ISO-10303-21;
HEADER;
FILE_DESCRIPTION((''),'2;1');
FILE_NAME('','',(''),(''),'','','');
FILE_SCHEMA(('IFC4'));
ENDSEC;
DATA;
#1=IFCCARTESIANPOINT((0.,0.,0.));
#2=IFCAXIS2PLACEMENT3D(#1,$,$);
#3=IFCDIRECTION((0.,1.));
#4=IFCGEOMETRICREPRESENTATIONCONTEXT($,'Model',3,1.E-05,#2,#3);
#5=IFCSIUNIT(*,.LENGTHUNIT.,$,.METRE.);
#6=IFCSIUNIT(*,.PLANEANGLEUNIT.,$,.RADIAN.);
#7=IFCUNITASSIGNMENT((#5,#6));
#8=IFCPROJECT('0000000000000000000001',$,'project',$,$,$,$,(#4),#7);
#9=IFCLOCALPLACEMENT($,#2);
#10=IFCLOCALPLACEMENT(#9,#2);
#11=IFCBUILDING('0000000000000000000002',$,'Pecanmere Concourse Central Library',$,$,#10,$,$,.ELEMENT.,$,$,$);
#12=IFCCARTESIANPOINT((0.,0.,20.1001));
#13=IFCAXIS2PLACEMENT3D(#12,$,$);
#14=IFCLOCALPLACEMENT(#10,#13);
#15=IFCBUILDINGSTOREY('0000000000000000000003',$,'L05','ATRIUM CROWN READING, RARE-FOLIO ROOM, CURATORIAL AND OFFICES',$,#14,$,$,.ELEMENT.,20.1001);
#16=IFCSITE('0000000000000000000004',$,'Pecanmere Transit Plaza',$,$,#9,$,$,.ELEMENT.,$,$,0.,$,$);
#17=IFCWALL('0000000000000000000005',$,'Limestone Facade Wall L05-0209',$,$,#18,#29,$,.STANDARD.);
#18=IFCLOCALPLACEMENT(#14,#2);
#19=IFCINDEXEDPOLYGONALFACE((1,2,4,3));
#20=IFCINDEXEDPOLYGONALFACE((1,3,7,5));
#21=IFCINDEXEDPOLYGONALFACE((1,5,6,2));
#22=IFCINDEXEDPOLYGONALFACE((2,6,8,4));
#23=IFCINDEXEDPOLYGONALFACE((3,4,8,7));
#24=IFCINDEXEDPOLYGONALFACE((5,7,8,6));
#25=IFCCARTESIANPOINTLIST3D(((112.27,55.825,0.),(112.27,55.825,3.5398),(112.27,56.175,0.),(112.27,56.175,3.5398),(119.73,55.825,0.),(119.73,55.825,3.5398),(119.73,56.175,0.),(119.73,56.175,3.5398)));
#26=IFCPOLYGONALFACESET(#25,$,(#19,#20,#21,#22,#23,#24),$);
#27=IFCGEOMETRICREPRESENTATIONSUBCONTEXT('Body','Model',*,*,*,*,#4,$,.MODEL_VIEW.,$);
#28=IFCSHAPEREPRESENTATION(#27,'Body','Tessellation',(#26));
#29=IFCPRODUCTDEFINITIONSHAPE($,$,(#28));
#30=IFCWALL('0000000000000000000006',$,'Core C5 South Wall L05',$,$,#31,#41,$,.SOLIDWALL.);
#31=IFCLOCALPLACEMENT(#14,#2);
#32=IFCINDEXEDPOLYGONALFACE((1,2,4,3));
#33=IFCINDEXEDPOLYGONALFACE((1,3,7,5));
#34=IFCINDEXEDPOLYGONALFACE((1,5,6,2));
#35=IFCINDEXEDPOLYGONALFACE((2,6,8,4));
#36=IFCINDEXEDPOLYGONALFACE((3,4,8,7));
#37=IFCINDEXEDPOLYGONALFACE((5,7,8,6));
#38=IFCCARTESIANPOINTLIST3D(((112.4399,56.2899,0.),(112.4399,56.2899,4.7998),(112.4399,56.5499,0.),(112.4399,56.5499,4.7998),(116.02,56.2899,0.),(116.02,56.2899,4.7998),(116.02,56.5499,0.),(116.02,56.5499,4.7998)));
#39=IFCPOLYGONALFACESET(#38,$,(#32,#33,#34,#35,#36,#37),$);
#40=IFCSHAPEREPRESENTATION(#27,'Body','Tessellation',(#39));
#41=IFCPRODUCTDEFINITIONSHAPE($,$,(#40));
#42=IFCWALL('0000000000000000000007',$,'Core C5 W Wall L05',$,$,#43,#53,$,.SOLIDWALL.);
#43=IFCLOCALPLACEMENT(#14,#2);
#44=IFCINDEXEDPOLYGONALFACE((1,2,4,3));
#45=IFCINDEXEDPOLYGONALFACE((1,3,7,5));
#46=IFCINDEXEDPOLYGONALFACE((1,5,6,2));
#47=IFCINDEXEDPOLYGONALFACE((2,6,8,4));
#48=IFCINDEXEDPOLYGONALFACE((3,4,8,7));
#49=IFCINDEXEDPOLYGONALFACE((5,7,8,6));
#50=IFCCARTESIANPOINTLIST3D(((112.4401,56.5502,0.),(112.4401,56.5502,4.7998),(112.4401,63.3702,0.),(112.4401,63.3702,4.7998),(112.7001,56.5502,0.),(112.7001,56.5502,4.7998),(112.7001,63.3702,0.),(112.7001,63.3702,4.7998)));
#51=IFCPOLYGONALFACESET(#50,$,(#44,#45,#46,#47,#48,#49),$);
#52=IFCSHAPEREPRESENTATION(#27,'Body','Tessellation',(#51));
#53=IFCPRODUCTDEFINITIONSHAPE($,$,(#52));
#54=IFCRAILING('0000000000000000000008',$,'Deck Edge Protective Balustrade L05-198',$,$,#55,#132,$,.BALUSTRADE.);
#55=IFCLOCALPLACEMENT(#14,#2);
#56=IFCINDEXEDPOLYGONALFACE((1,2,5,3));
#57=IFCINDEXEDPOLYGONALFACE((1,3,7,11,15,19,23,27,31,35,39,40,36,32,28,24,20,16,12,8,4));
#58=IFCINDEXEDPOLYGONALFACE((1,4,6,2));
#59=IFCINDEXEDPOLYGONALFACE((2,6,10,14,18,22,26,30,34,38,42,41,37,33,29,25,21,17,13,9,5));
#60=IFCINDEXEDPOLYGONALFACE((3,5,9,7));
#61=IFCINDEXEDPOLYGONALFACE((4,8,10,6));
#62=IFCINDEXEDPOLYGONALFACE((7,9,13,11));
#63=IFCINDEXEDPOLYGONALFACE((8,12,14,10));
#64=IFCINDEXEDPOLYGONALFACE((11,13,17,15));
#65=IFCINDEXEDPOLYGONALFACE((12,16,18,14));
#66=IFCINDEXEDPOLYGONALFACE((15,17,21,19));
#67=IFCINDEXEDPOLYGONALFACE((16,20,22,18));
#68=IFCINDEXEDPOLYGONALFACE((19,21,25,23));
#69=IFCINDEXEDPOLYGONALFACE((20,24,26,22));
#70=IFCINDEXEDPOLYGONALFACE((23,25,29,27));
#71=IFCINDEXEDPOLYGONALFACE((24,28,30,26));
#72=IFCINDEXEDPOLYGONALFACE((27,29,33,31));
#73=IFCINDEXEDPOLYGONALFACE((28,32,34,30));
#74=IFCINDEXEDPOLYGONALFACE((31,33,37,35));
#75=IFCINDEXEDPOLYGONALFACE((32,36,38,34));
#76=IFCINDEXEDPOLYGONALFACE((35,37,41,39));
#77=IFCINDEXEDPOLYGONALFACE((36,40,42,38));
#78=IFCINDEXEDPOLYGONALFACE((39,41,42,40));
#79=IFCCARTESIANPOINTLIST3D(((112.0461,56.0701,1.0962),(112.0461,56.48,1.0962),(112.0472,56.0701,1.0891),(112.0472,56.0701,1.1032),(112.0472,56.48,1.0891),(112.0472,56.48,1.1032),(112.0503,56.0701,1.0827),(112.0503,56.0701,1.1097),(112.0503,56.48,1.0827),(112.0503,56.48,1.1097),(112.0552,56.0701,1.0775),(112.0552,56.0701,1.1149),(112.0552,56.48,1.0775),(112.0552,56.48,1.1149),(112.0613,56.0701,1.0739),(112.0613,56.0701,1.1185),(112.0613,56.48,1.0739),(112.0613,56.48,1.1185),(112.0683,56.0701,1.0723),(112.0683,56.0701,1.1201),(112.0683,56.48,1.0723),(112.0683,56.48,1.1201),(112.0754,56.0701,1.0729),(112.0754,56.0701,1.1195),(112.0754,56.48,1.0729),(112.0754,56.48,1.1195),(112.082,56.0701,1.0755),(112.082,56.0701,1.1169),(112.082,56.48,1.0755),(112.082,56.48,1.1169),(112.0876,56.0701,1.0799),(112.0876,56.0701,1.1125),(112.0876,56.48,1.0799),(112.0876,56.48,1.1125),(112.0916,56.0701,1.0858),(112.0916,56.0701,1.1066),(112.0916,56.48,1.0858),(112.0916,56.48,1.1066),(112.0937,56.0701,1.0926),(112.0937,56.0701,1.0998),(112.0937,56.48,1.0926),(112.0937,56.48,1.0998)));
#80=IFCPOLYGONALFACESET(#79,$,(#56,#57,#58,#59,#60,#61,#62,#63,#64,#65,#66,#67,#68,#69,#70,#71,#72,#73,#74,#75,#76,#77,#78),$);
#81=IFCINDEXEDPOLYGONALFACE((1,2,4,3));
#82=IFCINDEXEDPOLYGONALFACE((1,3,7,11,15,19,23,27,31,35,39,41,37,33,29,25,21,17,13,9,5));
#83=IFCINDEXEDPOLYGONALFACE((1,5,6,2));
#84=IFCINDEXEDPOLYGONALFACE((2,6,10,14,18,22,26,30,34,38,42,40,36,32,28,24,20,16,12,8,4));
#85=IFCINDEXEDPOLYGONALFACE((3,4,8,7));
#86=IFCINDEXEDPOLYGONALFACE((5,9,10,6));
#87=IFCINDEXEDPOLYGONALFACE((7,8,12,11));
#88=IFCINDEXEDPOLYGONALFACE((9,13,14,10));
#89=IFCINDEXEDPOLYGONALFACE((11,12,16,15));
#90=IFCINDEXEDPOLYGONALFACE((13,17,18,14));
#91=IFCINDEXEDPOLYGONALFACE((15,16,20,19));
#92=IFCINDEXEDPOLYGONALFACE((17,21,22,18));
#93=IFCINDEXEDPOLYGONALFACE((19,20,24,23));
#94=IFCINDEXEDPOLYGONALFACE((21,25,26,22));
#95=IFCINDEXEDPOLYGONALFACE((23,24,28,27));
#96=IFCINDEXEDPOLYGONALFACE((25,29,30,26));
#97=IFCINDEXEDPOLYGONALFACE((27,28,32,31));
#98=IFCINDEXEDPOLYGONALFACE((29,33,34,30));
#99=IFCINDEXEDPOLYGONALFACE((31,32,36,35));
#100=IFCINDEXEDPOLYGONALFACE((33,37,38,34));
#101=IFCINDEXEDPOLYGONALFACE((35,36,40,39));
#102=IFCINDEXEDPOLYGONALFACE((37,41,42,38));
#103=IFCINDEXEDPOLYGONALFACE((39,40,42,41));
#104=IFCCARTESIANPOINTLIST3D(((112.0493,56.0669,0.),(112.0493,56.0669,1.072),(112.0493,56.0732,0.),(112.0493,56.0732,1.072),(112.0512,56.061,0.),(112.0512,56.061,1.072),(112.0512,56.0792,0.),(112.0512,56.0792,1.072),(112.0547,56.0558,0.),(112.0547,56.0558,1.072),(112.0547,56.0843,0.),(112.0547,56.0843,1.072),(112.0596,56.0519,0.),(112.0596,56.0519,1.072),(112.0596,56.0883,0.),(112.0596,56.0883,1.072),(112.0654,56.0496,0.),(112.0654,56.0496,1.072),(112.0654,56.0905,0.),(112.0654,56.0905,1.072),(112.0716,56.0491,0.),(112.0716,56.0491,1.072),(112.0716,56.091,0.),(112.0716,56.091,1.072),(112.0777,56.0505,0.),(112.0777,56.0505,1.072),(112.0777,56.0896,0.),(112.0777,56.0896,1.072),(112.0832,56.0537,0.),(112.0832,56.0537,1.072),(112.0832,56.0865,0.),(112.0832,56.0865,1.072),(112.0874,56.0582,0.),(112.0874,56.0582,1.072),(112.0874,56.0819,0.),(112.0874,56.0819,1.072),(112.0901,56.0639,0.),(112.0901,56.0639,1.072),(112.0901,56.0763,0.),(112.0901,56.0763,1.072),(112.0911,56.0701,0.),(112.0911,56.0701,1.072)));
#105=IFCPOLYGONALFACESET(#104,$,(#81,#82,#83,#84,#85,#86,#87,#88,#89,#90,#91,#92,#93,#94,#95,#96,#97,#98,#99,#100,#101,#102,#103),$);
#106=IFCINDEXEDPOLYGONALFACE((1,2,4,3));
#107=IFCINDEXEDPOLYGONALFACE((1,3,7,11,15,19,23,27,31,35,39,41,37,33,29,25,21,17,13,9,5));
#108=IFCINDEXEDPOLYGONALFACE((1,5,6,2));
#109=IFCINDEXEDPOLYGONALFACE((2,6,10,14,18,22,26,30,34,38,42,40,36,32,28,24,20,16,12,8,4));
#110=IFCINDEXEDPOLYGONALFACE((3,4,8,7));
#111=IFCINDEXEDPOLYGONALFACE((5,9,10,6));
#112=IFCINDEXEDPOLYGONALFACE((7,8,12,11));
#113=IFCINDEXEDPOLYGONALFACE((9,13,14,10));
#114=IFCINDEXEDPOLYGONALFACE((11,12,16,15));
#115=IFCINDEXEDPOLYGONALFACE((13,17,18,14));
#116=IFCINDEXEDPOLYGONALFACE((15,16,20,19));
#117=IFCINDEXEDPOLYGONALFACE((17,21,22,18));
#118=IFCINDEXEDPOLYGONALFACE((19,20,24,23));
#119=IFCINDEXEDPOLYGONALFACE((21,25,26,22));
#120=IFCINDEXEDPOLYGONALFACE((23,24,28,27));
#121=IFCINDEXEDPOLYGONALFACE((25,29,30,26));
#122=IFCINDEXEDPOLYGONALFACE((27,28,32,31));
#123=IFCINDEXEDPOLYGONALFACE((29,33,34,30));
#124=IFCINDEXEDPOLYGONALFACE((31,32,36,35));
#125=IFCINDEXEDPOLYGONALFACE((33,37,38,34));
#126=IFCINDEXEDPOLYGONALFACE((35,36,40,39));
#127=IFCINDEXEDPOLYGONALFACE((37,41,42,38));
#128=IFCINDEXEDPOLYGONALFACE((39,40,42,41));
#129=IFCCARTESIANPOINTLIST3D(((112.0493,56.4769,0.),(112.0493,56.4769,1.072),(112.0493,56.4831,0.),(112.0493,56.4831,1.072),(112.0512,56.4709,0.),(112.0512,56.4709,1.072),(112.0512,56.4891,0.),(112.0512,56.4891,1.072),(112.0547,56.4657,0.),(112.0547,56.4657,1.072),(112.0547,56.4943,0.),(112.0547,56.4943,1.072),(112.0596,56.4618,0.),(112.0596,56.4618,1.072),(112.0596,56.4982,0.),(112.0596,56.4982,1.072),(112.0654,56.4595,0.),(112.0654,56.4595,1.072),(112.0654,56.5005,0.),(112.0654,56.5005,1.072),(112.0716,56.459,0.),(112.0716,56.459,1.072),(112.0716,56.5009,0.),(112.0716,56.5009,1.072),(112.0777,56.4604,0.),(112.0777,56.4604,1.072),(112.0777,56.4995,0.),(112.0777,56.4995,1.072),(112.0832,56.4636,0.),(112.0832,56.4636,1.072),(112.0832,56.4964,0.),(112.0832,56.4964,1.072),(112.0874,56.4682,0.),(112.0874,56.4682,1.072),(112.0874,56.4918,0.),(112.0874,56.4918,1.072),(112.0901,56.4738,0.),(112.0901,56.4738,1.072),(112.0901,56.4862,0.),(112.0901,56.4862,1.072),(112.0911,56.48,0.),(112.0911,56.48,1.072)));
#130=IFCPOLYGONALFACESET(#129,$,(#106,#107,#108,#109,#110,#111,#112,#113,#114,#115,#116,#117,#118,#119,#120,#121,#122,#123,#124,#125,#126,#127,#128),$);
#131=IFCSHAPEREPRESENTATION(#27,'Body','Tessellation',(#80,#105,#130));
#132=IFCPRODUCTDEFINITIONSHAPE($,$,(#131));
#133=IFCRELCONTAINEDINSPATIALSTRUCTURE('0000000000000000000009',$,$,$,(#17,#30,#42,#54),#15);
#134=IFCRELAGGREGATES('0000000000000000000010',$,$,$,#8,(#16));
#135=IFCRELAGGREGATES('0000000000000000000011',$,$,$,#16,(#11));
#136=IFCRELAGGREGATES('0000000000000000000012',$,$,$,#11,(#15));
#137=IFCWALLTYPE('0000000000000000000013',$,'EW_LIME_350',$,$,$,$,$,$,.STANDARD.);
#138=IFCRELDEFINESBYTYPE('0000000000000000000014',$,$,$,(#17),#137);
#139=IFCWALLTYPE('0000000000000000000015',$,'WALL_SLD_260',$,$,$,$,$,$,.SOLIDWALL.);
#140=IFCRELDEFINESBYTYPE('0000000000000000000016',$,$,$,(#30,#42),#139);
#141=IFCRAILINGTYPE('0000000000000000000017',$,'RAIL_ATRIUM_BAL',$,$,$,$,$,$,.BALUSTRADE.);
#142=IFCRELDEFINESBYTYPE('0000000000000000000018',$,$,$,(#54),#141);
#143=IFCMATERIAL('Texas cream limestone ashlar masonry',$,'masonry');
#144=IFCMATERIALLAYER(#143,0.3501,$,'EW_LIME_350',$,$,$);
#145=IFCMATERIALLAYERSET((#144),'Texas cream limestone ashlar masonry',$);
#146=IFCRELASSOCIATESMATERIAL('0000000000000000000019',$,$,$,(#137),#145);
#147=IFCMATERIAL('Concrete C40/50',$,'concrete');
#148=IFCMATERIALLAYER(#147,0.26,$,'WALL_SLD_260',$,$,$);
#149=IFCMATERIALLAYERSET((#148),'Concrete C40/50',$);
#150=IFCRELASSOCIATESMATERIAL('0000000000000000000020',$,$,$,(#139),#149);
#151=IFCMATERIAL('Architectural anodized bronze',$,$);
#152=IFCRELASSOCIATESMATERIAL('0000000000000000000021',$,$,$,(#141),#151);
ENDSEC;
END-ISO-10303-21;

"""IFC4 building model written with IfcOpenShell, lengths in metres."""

from ifc_helpers import new_model, si_unit, direction, frame, frame_2d, origin, origin_2d, place, context, subcontext, project, spatial, rectangle, circle, extrude, material, layer, layer_set, type_object, element, save


model = new_model("IFC4")

# Units and contexts
model_context = context("Model", 3, precision=1e-05, world=origin(), true_north=direction((0.0, 1.0)))
body_context = subcontext(model_context, "Body", "Model", "MODEL_VIEW")
ifc_project = project(units=[si_unit("LENGTHUNIT", "METRE"), si_unit("PLANEANGLEUNIT", "RADIAN")], contexts=[model_context])

# Site, building, storey
site_placement = place(None, origin())
site = spatial("IfcSite", under=ifc_project, at=site_placement, Name="Pecanmere Transit Plaza", CompositionType="ELEMENT", RefElevation=0.0)
building_placement = place(site_placement, origin())
building = spatial("IfcBuilding", under=site, at=building_placement, Name="Pecanmere Concourse Central Library", CompositionType="ELEMENT")
storey_placement = place(building_placement, frame((0.0, 0.0, 20.1001)))
storey = spatial("IfcBuildingStorey", under=building, at=storey_placement, Name="L05", Description="ATRIUM CROWN READING, RARE-FOLIO ROOM, CURATORIAL AND OFFICES", CompositionType="ELEMENT", Elevation=20.1001)

# Walls
ifc_material_1 = material(Name="Texas cream limestone ashlar masonry", Category="masonry")
ifc_layer_1 = layer(ifc_material_1, 0.3501, Name="EW_LIME_350")
ifc_layer_set_1 = layer_set([ifc_layer_1], Name="Texas cream limestone ashlar masonry")
wall_type_1 = type_object("IfcWallType", Name="EW_LIME_350", PredefinedType="STANDARD", material=ifc_layer_set_1)
wall_1_placement = place(storey_placement, frame((112.27, 56.0, 0.0), z_axis=(0.0, 0.0, 1.0), x_axis=(1.0, 0.0, 0.0)))
element("IfcWall", 1, at=wall_1_placement, inside=storey, type_object=wall_type_1, Name="Limestone Facade Wall L05-0209", PredefinedType="STANDARD", context=body_context, shape_type="SweptSolid", body=[
    extrude(rectangle(XDim=7.46, YDim=0.3501, at=frame_2d((3.73, 0.0))), origin(), (0.0, 0.0, 1.0), 3.5398),
])
ifc_material_2 = material(Name="Concrete C40/50", Category="concrete")
ifc_layer_2 = layer(ifc_material_2, 0.26, Name="WALL_SLD_260")
ifc_layer_set_2 = layer_set([ifc_layer_2], Name="Concrete C40/50")
wall_type_2 = type_object("IfcWallType", Name="WALL_SLD_260", PredefinedType="SOLIDWALL", material=ifc_layer_set_2)
wall_2_placement = place(storey_placement, frame((112.4399, 56.4199, 0.0), z_axis=(0.0, 0.0, 1.0), x_axis=(1.0, 0.0, 0.0)))
element("IfcWall", 2, at=wall_2_placement, inside=storey, type_object=wall_type_2, Name="Core C5 South Wall L05", PredefinedType="SOLIDWALL", context=body_context, shape_type="SweptSolid", body=[
    extrude(rectangle(XDim=3.5801, YDim=0.26, at=frame_2d((1.79, 0.0))), origin(), (0.0, 0.0, 1.0), 4.7998),
])
wall_3_placement = place(storey_placement, frame((112.5701, 56.55, 0.0), z_axis=(0.0, 0.0, 1.0), x_axis=(0.0, 1.0, 0.0)))
element("IfcWall", 3, at=wall_3_placement, inside=storey, type_object=wall_type_2, Name="Core C5 W Wall L05", PredefinedType="SOLIDWALL", context=body_context, shape_type="SweptSolid", body=[
    extrude(rectangle(XDim=6.8201, YDim=0.26, at=frame_2d((3.4102, 0.0))), origin(), (0.0, 0.0, 1.0), 4.7998),
])

# Railing
ifc_material_3 = material(Name="Architectural anodized bronze")
railing_type_1 = type_object("IfcRailingType", Name="RAIL_ATRIUM_BAL", PredefinedType="BALUSTRADE", material=ifc_material_3)
railing_1_placement = place(storey_placement, frame((112.0701, 56.0701, 0.0)))
element("IfcRailing", 4, at=railing_1_placement, inside=storey, type_object=railing_type_1, Name="Deck Edge Protective Balustrade L05-198", PredefinedType="BALUSTRADE", context=body_context, shape_type="SweptSolid", body=[
    extrude(circle(Radius=0.0239, at=origin_2d()), frame((0.0, 0.0, 1.0962), z_axis=(0.0, 1.0, 0.0), x_axis=(-1.0, 0.0, 0.0)), (0.0, 0.0, 1.0), 0.4099),
    extrude(circle(Radius=0.021, at=origin_2d()), origin(), (0.0, 0.0, 1.0), 1.072),
    extrude(circle(Radius=0.021, at=origin_2d()), frame((0.0, 0.4099, 0.0)), (0.0, 0.0, 1.0), 1.072),
])

save(model, "model.ifc")
